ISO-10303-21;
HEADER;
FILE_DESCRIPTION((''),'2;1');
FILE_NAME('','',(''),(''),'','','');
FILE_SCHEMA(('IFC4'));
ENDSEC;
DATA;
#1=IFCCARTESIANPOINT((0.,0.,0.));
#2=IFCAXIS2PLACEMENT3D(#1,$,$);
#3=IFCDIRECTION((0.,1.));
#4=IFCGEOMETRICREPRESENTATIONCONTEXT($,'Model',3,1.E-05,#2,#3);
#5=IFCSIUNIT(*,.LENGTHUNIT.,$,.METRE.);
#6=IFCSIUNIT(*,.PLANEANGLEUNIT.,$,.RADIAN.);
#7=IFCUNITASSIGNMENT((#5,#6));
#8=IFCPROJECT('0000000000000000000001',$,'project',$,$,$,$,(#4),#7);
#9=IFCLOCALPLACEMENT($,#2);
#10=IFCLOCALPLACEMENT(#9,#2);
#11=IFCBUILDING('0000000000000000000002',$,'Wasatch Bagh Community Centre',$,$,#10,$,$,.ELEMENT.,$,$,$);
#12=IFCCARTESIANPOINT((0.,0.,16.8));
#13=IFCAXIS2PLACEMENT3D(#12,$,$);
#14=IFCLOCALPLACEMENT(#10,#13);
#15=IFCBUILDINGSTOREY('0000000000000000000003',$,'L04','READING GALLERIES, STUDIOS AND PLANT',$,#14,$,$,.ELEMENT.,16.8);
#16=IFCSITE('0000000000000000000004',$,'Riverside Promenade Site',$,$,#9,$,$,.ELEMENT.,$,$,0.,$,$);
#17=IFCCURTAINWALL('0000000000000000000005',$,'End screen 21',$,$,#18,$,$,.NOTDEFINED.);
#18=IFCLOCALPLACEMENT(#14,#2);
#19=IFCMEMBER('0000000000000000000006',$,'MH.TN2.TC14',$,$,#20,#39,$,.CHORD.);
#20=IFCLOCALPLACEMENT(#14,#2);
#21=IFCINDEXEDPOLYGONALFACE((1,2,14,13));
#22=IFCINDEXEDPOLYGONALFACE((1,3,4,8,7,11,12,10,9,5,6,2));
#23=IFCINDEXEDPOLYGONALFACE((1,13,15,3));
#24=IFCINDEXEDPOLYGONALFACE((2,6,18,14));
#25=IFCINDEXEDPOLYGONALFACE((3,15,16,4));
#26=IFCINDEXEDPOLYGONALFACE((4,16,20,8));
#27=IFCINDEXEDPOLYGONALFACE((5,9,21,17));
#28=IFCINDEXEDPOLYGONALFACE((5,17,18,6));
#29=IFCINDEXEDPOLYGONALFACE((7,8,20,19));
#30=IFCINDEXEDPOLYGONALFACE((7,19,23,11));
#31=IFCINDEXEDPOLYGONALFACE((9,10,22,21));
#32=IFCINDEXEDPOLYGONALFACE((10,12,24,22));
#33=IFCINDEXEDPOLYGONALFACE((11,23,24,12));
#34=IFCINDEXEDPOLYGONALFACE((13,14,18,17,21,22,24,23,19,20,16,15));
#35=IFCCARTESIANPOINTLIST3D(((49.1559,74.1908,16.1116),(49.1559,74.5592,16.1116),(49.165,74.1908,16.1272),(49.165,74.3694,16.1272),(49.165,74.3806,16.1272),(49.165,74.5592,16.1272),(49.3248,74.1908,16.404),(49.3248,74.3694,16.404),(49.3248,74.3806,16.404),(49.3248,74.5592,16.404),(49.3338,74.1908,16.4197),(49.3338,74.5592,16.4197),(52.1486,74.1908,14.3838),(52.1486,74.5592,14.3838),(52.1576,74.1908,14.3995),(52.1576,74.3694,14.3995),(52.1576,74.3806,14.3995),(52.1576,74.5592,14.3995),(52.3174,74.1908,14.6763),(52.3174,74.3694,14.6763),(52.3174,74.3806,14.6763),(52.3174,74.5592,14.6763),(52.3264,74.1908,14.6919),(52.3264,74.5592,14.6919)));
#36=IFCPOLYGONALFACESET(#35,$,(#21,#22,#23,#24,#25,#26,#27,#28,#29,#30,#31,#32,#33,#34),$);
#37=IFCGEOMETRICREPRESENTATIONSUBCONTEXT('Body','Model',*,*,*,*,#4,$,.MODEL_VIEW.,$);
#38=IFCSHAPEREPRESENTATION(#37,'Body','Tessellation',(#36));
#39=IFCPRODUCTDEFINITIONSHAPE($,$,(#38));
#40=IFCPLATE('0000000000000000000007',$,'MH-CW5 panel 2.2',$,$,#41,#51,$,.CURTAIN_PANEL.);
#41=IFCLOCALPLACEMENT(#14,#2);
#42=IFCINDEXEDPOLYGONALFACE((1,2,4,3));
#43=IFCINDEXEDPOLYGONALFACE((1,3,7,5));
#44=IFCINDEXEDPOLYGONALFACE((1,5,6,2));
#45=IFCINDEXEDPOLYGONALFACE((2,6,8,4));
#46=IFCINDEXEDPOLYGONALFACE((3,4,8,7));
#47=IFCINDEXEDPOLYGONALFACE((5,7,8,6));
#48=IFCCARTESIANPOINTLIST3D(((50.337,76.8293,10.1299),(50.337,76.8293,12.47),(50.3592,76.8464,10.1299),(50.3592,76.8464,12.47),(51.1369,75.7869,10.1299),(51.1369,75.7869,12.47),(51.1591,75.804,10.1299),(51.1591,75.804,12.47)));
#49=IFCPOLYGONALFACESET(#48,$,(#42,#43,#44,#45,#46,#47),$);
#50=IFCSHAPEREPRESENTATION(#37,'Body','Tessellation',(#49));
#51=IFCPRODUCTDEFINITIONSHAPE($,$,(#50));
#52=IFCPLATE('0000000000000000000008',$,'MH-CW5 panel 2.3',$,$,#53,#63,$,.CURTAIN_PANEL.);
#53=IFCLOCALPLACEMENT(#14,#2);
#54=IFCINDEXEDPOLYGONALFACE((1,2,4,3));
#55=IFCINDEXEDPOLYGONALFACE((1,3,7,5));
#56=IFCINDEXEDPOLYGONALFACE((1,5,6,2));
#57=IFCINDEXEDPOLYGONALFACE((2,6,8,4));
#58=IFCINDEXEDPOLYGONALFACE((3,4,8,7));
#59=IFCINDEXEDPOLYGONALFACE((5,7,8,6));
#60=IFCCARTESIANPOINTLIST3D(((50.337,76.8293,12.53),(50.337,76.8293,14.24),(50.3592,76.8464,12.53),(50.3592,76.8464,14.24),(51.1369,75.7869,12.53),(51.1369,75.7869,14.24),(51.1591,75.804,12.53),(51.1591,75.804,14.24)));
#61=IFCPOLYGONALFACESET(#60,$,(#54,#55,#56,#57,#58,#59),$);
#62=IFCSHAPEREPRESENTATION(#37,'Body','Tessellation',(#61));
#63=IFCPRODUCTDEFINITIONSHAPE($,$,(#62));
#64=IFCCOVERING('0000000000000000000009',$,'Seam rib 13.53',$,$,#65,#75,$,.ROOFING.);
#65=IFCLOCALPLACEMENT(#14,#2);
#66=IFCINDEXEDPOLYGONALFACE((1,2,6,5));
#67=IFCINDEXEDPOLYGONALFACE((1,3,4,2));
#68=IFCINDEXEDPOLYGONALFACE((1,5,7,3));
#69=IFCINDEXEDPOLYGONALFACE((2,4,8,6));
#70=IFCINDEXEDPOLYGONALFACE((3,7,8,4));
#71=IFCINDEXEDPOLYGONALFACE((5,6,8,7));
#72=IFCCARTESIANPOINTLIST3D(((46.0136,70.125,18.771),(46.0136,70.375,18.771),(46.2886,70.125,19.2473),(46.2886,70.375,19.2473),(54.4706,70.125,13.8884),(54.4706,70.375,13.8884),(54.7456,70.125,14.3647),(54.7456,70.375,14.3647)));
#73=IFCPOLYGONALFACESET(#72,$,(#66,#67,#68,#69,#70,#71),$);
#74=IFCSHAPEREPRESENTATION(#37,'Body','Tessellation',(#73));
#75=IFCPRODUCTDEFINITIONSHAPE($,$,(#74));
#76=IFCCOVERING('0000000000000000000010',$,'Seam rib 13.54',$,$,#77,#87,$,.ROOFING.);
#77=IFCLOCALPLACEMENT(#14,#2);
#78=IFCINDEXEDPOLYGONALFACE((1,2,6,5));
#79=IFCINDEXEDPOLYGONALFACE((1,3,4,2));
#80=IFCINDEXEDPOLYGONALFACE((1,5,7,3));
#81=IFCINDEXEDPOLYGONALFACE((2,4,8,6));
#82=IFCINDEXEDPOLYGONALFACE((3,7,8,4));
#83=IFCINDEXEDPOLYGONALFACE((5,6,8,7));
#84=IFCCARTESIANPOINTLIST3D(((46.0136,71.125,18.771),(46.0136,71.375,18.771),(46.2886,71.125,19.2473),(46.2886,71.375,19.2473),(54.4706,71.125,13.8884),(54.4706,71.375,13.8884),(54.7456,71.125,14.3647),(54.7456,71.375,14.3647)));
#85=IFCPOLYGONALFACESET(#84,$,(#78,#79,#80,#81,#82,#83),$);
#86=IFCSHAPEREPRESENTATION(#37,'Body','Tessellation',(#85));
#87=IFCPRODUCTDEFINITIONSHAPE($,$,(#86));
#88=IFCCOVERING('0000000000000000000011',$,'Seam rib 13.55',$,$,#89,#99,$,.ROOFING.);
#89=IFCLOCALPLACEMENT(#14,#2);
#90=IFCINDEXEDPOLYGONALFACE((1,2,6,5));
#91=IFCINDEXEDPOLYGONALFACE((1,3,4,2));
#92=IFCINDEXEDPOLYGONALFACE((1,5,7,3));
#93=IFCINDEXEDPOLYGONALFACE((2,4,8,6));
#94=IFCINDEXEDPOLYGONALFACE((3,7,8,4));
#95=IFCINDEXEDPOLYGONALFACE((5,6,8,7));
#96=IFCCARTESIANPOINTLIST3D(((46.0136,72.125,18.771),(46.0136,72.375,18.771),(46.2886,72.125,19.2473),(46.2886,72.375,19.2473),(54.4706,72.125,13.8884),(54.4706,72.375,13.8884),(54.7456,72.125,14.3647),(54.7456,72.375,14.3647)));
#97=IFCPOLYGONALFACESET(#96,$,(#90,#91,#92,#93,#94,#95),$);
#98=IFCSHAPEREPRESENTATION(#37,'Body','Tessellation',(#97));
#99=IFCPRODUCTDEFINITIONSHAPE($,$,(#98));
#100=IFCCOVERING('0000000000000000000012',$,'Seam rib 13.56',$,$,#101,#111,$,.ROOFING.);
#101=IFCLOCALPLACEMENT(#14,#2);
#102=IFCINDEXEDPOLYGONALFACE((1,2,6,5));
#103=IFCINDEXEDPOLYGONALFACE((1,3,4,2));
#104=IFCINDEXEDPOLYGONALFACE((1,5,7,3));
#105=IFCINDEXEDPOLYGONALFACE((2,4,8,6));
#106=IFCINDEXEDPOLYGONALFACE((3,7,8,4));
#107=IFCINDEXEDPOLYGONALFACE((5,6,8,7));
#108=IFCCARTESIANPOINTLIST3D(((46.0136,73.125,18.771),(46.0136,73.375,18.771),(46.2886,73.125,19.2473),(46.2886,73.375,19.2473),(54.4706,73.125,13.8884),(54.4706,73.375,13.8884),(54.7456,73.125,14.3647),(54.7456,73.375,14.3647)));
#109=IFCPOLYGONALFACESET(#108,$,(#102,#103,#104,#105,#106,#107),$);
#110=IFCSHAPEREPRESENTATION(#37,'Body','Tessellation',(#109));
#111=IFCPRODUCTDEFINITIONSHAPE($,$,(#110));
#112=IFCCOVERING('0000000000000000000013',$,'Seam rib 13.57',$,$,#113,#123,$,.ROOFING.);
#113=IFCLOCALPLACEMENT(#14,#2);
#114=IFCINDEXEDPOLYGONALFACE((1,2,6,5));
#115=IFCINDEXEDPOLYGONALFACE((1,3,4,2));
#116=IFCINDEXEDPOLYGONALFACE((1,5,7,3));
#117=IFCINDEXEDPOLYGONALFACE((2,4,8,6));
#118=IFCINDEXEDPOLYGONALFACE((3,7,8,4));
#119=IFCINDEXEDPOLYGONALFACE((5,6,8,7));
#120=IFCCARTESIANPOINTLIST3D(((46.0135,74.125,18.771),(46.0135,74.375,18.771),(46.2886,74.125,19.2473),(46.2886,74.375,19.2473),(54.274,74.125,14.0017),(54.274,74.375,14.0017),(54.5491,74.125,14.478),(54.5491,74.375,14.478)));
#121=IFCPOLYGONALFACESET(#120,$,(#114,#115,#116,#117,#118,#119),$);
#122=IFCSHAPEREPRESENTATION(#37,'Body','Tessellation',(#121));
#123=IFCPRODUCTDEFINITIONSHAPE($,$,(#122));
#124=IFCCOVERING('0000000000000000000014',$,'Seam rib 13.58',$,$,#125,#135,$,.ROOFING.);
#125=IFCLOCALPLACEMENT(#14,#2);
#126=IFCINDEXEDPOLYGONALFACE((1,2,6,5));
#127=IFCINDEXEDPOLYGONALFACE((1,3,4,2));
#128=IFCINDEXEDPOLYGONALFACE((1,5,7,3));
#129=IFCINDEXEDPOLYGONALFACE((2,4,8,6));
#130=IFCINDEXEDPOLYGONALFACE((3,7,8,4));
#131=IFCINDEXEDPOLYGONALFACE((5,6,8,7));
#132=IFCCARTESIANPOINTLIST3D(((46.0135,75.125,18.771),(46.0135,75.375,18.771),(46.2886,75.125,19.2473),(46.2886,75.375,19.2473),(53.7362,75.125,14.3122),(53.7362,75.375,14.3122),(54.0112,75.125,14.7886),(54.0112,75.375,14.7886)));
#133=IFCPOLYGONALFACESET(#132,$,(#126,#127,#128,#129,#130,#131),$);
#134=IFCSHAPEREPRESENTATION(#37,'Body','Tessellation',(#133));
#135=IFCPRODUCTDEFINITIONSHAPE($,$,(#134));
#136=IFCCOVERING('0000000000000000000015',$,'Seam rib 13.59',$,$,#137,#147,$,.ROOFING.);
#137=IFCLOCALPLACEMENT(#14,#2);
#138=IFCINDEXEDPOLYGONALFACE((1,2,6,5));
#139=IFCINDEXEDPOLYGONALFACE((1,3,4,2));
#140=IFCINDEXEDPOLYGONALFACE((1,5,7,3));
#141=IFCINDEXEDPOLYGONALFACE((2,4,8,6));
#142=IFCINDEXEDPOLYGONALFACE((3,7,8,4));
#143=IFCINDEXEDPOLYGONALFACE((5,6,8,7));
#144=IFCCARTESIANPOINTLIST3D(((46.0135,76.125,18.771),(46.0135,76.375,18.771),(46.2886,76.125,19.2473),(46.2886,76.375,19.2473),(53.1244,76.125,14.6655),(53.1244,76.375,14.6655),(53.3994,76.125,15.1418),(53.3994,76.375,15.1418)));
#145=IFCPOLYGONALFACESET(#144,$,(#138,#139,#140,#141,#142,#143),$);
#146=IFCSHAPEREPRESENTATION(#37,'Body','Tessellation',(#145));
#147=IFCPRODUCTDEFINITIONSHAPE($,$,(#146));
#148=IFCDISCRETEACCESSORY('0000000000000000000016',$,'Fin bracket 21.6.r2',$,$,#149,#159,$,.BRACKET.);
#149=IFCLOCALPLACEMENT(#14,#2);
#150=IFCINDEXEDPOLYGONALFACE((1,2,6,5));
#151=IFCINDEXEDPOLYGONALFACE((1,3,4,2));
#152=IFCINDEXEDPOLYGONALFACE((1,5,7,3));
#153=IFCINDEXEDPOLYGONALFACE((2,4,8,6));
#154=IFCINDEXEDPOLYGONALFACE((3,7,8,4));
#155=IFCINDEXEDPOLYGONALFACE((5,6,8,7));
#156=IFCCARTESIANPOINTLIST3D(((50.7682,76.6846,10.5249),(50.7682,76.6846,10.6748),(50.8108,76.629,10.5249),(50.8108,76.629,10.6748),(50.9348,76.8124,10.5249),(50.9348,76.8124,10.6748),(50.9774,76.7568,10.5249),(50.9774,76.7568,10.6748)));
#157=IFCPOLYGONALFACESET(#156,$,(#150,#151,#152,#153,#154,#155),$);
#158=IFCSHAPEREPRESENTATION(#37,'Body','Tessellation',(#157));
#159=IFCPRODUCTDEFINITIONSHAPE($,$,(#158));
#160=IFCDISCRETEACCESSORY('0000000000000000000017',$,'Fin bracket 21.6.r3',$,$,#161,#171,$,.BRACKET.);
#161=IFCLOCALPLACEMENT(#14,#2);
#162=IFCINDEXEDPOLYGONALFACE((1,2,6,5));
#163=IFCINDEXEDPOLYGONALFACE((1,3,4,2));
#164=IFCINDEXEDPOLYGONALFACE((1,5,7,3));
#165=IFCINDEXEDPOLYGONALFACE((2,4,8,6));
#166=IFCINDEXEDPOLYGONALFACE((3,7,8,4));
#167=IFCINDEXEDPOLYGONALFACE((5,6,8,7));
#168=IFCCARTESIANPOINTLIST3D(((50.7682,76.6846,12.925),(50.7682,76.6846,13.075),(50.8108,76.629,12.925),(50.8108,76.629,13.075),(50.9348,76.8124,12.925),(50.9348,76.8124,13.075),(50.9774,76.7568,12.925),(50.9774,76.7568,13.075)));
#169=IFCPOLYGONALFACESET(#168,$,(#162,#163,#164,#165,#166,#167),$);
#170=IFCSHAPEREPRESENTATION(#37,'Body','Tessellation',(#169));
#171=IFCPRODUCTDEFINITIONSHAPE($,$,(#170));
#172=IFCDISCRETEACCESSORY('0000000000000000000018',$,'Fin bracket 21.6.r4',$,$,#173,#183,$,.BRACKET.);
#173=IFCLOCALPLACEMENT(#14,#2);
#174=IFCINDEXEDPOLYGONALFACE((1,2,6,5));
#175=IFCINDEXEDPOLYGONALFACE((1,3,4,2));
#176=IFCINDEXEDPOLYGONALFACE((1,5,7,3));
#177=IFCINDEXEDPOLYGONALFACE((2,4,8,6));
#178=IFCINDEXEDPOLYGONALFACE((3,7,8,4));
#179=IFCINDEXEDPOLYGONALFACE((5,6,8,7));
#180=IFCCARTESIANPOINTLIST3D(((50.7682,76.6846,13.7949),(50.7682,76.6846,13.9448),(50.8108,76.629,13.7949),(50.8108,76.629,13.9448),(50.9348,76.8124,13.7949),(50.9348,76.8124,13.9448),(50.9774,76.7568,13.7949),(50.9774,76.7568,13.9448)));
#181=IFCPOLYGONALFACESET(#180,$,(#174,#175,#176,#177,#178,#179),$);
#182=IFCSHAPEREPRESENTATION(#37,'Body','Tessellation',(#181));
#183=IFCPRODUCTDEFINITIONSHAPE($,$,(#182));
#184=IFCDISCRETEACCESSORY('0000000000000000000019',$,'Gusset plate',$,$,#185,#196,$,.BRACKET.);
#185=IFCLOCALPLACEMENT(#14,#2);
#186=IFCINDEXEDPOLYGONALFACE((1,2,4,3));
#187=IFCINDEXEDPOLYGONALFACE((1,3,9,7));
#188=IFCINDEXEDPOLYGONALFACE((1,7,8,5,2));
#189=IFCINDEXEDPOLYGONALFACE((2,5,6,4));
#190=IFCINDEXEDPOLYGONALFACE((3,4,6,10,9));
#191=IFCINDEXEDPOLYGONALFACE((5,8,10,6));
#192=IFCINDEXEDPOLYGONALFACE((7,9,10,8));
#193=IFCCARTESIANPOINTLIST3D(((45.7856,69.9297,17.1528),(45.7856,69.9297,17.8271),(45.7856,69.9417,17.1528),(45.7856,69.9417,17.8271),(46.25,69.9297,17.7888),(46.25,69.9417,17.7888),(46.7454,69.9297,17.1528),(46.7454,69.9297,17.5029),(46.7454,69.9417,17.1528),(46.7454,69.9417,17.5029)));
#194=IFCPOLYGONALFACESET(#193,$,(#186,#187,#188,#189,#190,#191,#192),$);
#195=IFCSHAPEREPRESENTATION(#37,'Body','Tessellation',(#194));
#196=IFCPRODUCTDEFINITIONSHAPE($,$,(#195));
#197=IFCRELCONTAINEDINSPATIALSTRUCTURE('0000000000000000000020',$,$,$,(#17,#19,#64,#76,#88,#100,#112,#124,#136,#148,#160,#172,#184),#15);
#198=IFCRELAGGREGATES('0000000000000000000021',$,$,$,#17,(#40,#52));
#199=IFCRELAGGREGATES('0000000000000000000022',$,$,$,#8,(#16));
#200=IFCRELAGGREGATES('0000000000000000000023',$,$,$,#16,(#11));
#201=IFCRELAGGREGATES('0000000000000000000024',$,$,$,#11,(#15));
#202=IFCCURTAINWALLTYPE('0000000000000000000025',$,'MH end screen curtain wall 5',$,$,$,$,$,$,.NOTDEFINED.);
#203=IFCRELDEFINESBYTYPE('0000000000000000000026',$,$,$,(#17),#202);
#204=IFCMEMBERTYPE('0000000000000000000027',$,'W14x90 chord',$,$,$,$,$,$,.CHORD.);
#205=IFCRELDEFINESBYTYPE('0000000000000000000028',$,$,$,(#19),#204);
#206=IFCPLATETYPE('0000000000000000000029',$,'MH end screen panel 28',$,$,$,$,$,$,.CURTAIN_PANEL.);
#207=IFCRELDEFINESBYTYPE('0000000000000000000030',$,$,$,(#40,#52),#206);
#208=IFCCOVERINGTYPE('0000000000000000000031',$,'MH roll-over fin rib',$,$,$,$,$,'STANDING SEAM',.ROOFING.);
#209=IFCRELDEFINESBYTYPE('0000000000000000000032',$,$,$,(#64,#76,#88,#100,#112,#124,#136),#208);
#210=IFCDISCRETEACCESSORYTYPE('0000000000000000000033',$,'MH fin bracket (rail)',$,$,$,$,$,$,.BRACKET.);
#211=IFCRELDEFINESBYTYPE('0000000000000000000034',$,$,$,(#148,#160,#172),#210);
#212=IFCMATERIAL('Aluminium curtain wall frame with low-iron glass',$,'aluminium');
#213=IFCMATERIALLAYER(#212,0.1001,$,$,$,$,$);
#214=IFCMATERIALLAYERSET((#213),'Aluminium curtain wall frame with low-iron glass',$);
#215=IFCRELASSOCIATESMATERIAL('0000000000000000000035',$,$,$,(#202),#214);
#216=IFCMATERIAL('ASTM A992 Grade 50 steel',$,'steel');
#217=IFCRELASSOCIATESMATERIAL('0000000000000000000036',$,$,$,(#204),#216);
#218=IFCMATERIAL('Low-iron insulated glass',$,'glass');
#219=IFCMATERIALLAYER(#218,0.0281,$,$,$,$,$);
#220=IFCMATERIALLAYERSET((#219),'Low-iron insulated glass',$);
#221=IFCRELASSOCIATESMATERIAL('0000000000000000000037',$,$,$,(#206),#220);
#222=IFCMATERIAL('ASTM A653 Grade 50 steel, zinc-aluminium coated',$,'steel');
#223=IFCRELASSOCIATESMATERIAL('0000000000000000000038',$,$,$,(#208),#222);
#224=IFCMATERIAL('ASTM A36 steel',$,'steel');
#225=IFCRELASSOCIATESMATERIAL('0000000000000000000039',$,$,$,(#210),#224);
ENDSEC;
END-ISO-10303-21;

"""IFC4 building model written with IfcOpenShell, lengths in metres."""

from ifc_helpers import new_model, si_unit, direction, frame, origin, origin_2d, place, context, subcontext, project, spatial, polyline, rectangle, i_section, outline, extrude, material, layer, layer_set, material_profile, profile_set, type_object, element, aggregate, save


model = new_model("IFC4")

# Units and contexts
model_context = context("Model", 3, precision=1e-05, world=origin(), true_north=direction((0.0, 1.0)))
body_context = subcontext(model_context, "Body", "Model", "MODEL_VIEW")
ifc_project = project(units=[si_unit("LENGTHUNIT", "METRE"), si_unit("PLANEANGLEUNIT", "RADIAN")], contexts=[model_context])

# Site, building, storey
site_placement = place(None, origin())
site = spatial("IfcSite", under=ifc_project, at=site_placement, Name="Riverside Promenade Site", CompositionType="ELEMENT", RefElevation=0.0)
building_placement = place(site_placement, origin())
building = spatial("IfcBuilding", under=site, at=building_placement, Name="Wasatch Bagh Community Centre", CompositionType="ELEMENT")
storey_placement = place(building_placement, frame((0.0, 0.0, 16.8)))
storey = spatial("IfcBuildingStorey", under=building, at=storey_placement, Name="L04", Description="READING GALLERIES, STUDIOS AND PLANT", CompositionType="ELEMENT", Elevation=16.8)

# Curtain wall
ifc_material_1 = material(Name="Aluminium curtain wall frame with low-iron glass", Category="aluminium")
ifc_layer_1 = layer(ifc_material_1, 0.1001)
ifc_layer_set_1 = layer_set([ifc_layer_1], Name="Aluminium curtain wall frame with low-iron glass")
curtain_wall_type = type_object("IfcCurtainWallType", Name="MH end screen curtain wall 5", PredefinedType="NOTDEFINED", material=ifc_layer_set_1)
curtain_wall_placement = place(storey_placement, origin())
curtain_wall = element("IfcCurtainWall", 1, at=curtain_wall_placement, inside=storey, type_object=curtain_wall_type, Name="End screen 21", PredefinedType="NOTDEFINED")

# Member
ifc_material_2 = material(Name="ASTM A992 Grade 50 steel", Category="steel")
ifc_material_profile_1 = material_profile(ifc_material_2, i_section(OverallWidth=0.3684, OverallDepth=0.3557, WebThickness=0.0112, FlangeThickness=0.0181, at=origin_2d()), Name="W14x90")
ifc_profile_set_1 = profile_set([ifc_material_profile_1], Name="ASTM A992 Grade 50 steel")
member_type_1 = type_object("IfcMemberType", Name="W14x90 chord", PredefinedType="CHORD", material=ifc_profile_set_1)
member_1_placement = place(storey_placement, frame((49.2449, 74.375, 16.2656), z_axis=(0.86603, 0.0, -0.499992), x_axis=(0.0, 1.0, 0.0)))
element("IfcMember", 2, at=member_1_placement, inside=storey, type_object=member_type_1, Name="MH.TN2.TC14", PredefinedType="CHORD", context=body_context, shape_type="SweptSolid", body=[
    extrude(i_section(OverallWidth=0.3684, OverallDepth=0.3557, WebThickness=0.0112, FlangeThickness=0.0181, at=origin_2d()), origin(), (0.0, 0.0, 1.0), 3.4556),
])

# Plates
ifc_material_3 = material(Name="Low-iron insulated glass", Category="glass")
ifc_layer_2 = layer(ifc_material_3, 0.0281)
ifc_layer_set_2 = layer_set([ifc_layer_2], Name="Low-iron insulated glass")
plate_type = type_object("IfcPlateType", Name="MH end screen panel 28", PredefinedType="CURTAIN_PANEL", material=ifc_layer_set_2)
plate_1_placement = place(storey_placement, frame((50.748, 76.3167, 10.1299), z_axis=(0.0, 0.0, 1.0), x_axis=(-0.608761, 0.793353, 0.0)))
plate_1 = element("IfcPlate", 3, at=plate_1_placement, type_object=plate_type, Name="MH-CW5 panel 2.2", PredefinedType="CURTAIN_PANEL", context=body_context, shape_type="SweptSolid", body=[
    extrude(rectangle(XDim=1.314, YDim=0.0281, at=origin_2d()), origin(), (0.0, 0.0, 1.0), 2.3401),
])
plate_2_placement = place(storey_placement, frame((50.748, 76.3167, 12.53), z_axis=(0.0, 0.0, 1.0), x_axis=(-0.608761, 0.793353, 0.0)))
plate_2 = element("IfcPlate", 4, at=plate_2_placement, type_object=plate_type, Name="MH-CW5 panel 2.3", PredefinedType="CURTAIN_PANEL", context=body_context, shape_type="SweptSolid", body=[
    extrude(rectangle(XDim=1.314, YDim=0.0281, at=origin_2d()), origin(), (0.0, 0.0, 1.0), 1.71),
])
aggregate(curtain_wall, [plate_1, plate_2])

# Coverings
ifc_material_4 = material(Name="ASTM A653 Grade 50 steel, zinc-aluminium coated", Category="steel")
covering_type = type_object("IfcCoveringType", Name="MH roll-over fin rib", ElementType="STANDING SEAM", PredefinedType="ROOFING", material=ifc_material_4)
for number, where, z_axis, x_axis, name in (
    (5, (46.2886, 70.125, 19.2473), (0.499992, 0.0, 0.86603), (0.86603, 0.0, -0.499992), "Seam rib 13.53"),
    (6, (46.2886, 71.125, 19.2473), (0.499992, 0.0, 0.86603), (0.86603, 0.0, -0.499992), "Seam rib 13.54"),
    (7, (46.2886, 72.125, 19.2473), (0.499992, 0.0, 0.86603), (0.86603, 0.0, -0.499992), "Seam rib 13.55"),
    (8, (46.2886, 73.125, 19.2473), (0.499992, 0.0, 0.86603), (0.86603, 0.0, -0.499992), "Seam rib 13.56"),
):
    element("IfcCovering", number, at=place(storey_placement, frame(where, z_axis=z_axis, x_axis=x_axis)), inside=storey, type_object=covering_type, Name=name, PredefinedType="ROOFING", context=body_context, shape_type="SweptSolid", body=[
        extrude(outline(polyline([(0.0, 0.0), (9.7653, 0.0), (9.7653, 0.25), (0.0, 0.25), (0.0, 0.0)])), origin(), (0.0, 0.0, -1.0), 0.55),
    ])
covering_1_placement = place(storey_placement, frame((46.2886, 74.125, 19.2473), z_axis=(0.500007, 0.0, 0.866021), x_axis=(0.866021, 0.0, -0.500007)))
element("IfcCovering", 9, at=covering_1_placement, inside=storey, type_object=covering_type, Name="Seam rib 13.57", PredefinedType="ROOFING", context=body_context, shape_type="SweptSolid", body=[
    extrude(outline(polyline([(0.0, 0.0), (9.5384, 0.0), (9.5384, 0.25), (0.0, 0.25), (0.0, 0.0)])), origin(), (0.0, 0.0, -1.0), 0.55),
])
covering_2_placement = place(storey_placement, frame((46.2886, 75.125, 19.2473), z_axis=(0.500005, 0.0, 0.866022), x_axis=(0.866022, 0.0, -0.500005)))
element("IfcCovering", 10, at=covering_2_placement, inside=storey, type_object=covering_type, Name="Seam rib 13.58", PredefinedType="ROOFING", context=body_context, shape_type="SweptSolid", body=[
    extrude(outline(polyline([(0.0, 0.0), (8.9174, 0.0), (8.9174, 0.25), (0.0, 0.25), (0.0, 0.0)])), origin(), (0.0, 0.0, -1.0), 0.55),
])
covering_3_placement = place(storey_placement, frame((46.2886, 76.125, 19.2473), z_axis=(0.500002, 0.0, 0.866024), x_axis=(0.866024, 0.0, -0.500002)))
element("IfcCovering", 11, at=covering_3_placement, inside=storey, type_object=covering_type, Name="Seam rib 13.59", PredefinedType="ROOFING", context=body_context, shape_type="SweptSolid", body=[
    extrude(outline(polyline([(0.0, 0.0), (8.2109, 0.0), (8.2109, 0.25), (0.0, 0.25), (0.0, 0.0)])), origin(), (0.0, 0.0, -1.0), 0.55),
])

# Discrete accessories
ifc_material_5 = material(Name="ASTM A36 steel", Category="steel")
discrete_accessory_type = type_object("IfcDiscreteAccessoryType", Name="MH fin bracket (rail)", PredefinedType="BRACKET", material=ifc_material_5)
for number, where, z_axis, x_axis, name in (
    (12, (50.8728, 76.7207, 10.5249), (0.0, 0.0, 1.0), (-0.608761, 0.793353, 0.0), "Fin bracket 21.6.r2"),
    (13, (50.8728, 76.7207, 12.925), (0.0, 0.0, 1.0), (-0.608761, 0.793353, 0.0), "Fin bracket 21.6.r3"),
    (14, (50.8728, 76.7207, 13.7949), (0.0, 0.0, 1.0), (-0.608761, 0.793353, 0.0), "Fin bracket 21.6.r4"),
):
    element("IfcDiscreteAccessory", number, at=place(storey_placement, frame(where, z_axis=z_axis, x_axis=x_axis)), inside=storey, type_object=discrete_accessory_type, Name=name, PredefinedType="BRACKET", context=body_context, shape_type="SweptSolid", body=[
        extrude(rectangle(XDim=0.0701, YDim=0.21, at=origin_2d()), origin(), (0.0, 0.0, 1.0), 0.1499),
    ])
discrete_accessory_1_placement = place(storey_placement, frame((45.7856, 69.9417, 17.8271), z_axis=(0.0, 1.0, 0.0), x_axis=(0.99661, 0.0, -0.082265)))
element("IfcDiscreteAccessory", 15, at=discrete_accessory_1_placement, inside=storey, Name="Gusset plate", PredefinedType="BRACKET", context=body_context, shape_type="SweptSolid", body=[
    extrude(outline(polyline([(0.0, 0.0), (0.4659, 0.0), (0.9831, 0.2442), (1.0119, 0.5931), (0.0555, 0.672), (0.0, 0.0)])), origin(), (0.0, 0.0, -1.0), 0.012),
])

save(model, "model.ifc")
